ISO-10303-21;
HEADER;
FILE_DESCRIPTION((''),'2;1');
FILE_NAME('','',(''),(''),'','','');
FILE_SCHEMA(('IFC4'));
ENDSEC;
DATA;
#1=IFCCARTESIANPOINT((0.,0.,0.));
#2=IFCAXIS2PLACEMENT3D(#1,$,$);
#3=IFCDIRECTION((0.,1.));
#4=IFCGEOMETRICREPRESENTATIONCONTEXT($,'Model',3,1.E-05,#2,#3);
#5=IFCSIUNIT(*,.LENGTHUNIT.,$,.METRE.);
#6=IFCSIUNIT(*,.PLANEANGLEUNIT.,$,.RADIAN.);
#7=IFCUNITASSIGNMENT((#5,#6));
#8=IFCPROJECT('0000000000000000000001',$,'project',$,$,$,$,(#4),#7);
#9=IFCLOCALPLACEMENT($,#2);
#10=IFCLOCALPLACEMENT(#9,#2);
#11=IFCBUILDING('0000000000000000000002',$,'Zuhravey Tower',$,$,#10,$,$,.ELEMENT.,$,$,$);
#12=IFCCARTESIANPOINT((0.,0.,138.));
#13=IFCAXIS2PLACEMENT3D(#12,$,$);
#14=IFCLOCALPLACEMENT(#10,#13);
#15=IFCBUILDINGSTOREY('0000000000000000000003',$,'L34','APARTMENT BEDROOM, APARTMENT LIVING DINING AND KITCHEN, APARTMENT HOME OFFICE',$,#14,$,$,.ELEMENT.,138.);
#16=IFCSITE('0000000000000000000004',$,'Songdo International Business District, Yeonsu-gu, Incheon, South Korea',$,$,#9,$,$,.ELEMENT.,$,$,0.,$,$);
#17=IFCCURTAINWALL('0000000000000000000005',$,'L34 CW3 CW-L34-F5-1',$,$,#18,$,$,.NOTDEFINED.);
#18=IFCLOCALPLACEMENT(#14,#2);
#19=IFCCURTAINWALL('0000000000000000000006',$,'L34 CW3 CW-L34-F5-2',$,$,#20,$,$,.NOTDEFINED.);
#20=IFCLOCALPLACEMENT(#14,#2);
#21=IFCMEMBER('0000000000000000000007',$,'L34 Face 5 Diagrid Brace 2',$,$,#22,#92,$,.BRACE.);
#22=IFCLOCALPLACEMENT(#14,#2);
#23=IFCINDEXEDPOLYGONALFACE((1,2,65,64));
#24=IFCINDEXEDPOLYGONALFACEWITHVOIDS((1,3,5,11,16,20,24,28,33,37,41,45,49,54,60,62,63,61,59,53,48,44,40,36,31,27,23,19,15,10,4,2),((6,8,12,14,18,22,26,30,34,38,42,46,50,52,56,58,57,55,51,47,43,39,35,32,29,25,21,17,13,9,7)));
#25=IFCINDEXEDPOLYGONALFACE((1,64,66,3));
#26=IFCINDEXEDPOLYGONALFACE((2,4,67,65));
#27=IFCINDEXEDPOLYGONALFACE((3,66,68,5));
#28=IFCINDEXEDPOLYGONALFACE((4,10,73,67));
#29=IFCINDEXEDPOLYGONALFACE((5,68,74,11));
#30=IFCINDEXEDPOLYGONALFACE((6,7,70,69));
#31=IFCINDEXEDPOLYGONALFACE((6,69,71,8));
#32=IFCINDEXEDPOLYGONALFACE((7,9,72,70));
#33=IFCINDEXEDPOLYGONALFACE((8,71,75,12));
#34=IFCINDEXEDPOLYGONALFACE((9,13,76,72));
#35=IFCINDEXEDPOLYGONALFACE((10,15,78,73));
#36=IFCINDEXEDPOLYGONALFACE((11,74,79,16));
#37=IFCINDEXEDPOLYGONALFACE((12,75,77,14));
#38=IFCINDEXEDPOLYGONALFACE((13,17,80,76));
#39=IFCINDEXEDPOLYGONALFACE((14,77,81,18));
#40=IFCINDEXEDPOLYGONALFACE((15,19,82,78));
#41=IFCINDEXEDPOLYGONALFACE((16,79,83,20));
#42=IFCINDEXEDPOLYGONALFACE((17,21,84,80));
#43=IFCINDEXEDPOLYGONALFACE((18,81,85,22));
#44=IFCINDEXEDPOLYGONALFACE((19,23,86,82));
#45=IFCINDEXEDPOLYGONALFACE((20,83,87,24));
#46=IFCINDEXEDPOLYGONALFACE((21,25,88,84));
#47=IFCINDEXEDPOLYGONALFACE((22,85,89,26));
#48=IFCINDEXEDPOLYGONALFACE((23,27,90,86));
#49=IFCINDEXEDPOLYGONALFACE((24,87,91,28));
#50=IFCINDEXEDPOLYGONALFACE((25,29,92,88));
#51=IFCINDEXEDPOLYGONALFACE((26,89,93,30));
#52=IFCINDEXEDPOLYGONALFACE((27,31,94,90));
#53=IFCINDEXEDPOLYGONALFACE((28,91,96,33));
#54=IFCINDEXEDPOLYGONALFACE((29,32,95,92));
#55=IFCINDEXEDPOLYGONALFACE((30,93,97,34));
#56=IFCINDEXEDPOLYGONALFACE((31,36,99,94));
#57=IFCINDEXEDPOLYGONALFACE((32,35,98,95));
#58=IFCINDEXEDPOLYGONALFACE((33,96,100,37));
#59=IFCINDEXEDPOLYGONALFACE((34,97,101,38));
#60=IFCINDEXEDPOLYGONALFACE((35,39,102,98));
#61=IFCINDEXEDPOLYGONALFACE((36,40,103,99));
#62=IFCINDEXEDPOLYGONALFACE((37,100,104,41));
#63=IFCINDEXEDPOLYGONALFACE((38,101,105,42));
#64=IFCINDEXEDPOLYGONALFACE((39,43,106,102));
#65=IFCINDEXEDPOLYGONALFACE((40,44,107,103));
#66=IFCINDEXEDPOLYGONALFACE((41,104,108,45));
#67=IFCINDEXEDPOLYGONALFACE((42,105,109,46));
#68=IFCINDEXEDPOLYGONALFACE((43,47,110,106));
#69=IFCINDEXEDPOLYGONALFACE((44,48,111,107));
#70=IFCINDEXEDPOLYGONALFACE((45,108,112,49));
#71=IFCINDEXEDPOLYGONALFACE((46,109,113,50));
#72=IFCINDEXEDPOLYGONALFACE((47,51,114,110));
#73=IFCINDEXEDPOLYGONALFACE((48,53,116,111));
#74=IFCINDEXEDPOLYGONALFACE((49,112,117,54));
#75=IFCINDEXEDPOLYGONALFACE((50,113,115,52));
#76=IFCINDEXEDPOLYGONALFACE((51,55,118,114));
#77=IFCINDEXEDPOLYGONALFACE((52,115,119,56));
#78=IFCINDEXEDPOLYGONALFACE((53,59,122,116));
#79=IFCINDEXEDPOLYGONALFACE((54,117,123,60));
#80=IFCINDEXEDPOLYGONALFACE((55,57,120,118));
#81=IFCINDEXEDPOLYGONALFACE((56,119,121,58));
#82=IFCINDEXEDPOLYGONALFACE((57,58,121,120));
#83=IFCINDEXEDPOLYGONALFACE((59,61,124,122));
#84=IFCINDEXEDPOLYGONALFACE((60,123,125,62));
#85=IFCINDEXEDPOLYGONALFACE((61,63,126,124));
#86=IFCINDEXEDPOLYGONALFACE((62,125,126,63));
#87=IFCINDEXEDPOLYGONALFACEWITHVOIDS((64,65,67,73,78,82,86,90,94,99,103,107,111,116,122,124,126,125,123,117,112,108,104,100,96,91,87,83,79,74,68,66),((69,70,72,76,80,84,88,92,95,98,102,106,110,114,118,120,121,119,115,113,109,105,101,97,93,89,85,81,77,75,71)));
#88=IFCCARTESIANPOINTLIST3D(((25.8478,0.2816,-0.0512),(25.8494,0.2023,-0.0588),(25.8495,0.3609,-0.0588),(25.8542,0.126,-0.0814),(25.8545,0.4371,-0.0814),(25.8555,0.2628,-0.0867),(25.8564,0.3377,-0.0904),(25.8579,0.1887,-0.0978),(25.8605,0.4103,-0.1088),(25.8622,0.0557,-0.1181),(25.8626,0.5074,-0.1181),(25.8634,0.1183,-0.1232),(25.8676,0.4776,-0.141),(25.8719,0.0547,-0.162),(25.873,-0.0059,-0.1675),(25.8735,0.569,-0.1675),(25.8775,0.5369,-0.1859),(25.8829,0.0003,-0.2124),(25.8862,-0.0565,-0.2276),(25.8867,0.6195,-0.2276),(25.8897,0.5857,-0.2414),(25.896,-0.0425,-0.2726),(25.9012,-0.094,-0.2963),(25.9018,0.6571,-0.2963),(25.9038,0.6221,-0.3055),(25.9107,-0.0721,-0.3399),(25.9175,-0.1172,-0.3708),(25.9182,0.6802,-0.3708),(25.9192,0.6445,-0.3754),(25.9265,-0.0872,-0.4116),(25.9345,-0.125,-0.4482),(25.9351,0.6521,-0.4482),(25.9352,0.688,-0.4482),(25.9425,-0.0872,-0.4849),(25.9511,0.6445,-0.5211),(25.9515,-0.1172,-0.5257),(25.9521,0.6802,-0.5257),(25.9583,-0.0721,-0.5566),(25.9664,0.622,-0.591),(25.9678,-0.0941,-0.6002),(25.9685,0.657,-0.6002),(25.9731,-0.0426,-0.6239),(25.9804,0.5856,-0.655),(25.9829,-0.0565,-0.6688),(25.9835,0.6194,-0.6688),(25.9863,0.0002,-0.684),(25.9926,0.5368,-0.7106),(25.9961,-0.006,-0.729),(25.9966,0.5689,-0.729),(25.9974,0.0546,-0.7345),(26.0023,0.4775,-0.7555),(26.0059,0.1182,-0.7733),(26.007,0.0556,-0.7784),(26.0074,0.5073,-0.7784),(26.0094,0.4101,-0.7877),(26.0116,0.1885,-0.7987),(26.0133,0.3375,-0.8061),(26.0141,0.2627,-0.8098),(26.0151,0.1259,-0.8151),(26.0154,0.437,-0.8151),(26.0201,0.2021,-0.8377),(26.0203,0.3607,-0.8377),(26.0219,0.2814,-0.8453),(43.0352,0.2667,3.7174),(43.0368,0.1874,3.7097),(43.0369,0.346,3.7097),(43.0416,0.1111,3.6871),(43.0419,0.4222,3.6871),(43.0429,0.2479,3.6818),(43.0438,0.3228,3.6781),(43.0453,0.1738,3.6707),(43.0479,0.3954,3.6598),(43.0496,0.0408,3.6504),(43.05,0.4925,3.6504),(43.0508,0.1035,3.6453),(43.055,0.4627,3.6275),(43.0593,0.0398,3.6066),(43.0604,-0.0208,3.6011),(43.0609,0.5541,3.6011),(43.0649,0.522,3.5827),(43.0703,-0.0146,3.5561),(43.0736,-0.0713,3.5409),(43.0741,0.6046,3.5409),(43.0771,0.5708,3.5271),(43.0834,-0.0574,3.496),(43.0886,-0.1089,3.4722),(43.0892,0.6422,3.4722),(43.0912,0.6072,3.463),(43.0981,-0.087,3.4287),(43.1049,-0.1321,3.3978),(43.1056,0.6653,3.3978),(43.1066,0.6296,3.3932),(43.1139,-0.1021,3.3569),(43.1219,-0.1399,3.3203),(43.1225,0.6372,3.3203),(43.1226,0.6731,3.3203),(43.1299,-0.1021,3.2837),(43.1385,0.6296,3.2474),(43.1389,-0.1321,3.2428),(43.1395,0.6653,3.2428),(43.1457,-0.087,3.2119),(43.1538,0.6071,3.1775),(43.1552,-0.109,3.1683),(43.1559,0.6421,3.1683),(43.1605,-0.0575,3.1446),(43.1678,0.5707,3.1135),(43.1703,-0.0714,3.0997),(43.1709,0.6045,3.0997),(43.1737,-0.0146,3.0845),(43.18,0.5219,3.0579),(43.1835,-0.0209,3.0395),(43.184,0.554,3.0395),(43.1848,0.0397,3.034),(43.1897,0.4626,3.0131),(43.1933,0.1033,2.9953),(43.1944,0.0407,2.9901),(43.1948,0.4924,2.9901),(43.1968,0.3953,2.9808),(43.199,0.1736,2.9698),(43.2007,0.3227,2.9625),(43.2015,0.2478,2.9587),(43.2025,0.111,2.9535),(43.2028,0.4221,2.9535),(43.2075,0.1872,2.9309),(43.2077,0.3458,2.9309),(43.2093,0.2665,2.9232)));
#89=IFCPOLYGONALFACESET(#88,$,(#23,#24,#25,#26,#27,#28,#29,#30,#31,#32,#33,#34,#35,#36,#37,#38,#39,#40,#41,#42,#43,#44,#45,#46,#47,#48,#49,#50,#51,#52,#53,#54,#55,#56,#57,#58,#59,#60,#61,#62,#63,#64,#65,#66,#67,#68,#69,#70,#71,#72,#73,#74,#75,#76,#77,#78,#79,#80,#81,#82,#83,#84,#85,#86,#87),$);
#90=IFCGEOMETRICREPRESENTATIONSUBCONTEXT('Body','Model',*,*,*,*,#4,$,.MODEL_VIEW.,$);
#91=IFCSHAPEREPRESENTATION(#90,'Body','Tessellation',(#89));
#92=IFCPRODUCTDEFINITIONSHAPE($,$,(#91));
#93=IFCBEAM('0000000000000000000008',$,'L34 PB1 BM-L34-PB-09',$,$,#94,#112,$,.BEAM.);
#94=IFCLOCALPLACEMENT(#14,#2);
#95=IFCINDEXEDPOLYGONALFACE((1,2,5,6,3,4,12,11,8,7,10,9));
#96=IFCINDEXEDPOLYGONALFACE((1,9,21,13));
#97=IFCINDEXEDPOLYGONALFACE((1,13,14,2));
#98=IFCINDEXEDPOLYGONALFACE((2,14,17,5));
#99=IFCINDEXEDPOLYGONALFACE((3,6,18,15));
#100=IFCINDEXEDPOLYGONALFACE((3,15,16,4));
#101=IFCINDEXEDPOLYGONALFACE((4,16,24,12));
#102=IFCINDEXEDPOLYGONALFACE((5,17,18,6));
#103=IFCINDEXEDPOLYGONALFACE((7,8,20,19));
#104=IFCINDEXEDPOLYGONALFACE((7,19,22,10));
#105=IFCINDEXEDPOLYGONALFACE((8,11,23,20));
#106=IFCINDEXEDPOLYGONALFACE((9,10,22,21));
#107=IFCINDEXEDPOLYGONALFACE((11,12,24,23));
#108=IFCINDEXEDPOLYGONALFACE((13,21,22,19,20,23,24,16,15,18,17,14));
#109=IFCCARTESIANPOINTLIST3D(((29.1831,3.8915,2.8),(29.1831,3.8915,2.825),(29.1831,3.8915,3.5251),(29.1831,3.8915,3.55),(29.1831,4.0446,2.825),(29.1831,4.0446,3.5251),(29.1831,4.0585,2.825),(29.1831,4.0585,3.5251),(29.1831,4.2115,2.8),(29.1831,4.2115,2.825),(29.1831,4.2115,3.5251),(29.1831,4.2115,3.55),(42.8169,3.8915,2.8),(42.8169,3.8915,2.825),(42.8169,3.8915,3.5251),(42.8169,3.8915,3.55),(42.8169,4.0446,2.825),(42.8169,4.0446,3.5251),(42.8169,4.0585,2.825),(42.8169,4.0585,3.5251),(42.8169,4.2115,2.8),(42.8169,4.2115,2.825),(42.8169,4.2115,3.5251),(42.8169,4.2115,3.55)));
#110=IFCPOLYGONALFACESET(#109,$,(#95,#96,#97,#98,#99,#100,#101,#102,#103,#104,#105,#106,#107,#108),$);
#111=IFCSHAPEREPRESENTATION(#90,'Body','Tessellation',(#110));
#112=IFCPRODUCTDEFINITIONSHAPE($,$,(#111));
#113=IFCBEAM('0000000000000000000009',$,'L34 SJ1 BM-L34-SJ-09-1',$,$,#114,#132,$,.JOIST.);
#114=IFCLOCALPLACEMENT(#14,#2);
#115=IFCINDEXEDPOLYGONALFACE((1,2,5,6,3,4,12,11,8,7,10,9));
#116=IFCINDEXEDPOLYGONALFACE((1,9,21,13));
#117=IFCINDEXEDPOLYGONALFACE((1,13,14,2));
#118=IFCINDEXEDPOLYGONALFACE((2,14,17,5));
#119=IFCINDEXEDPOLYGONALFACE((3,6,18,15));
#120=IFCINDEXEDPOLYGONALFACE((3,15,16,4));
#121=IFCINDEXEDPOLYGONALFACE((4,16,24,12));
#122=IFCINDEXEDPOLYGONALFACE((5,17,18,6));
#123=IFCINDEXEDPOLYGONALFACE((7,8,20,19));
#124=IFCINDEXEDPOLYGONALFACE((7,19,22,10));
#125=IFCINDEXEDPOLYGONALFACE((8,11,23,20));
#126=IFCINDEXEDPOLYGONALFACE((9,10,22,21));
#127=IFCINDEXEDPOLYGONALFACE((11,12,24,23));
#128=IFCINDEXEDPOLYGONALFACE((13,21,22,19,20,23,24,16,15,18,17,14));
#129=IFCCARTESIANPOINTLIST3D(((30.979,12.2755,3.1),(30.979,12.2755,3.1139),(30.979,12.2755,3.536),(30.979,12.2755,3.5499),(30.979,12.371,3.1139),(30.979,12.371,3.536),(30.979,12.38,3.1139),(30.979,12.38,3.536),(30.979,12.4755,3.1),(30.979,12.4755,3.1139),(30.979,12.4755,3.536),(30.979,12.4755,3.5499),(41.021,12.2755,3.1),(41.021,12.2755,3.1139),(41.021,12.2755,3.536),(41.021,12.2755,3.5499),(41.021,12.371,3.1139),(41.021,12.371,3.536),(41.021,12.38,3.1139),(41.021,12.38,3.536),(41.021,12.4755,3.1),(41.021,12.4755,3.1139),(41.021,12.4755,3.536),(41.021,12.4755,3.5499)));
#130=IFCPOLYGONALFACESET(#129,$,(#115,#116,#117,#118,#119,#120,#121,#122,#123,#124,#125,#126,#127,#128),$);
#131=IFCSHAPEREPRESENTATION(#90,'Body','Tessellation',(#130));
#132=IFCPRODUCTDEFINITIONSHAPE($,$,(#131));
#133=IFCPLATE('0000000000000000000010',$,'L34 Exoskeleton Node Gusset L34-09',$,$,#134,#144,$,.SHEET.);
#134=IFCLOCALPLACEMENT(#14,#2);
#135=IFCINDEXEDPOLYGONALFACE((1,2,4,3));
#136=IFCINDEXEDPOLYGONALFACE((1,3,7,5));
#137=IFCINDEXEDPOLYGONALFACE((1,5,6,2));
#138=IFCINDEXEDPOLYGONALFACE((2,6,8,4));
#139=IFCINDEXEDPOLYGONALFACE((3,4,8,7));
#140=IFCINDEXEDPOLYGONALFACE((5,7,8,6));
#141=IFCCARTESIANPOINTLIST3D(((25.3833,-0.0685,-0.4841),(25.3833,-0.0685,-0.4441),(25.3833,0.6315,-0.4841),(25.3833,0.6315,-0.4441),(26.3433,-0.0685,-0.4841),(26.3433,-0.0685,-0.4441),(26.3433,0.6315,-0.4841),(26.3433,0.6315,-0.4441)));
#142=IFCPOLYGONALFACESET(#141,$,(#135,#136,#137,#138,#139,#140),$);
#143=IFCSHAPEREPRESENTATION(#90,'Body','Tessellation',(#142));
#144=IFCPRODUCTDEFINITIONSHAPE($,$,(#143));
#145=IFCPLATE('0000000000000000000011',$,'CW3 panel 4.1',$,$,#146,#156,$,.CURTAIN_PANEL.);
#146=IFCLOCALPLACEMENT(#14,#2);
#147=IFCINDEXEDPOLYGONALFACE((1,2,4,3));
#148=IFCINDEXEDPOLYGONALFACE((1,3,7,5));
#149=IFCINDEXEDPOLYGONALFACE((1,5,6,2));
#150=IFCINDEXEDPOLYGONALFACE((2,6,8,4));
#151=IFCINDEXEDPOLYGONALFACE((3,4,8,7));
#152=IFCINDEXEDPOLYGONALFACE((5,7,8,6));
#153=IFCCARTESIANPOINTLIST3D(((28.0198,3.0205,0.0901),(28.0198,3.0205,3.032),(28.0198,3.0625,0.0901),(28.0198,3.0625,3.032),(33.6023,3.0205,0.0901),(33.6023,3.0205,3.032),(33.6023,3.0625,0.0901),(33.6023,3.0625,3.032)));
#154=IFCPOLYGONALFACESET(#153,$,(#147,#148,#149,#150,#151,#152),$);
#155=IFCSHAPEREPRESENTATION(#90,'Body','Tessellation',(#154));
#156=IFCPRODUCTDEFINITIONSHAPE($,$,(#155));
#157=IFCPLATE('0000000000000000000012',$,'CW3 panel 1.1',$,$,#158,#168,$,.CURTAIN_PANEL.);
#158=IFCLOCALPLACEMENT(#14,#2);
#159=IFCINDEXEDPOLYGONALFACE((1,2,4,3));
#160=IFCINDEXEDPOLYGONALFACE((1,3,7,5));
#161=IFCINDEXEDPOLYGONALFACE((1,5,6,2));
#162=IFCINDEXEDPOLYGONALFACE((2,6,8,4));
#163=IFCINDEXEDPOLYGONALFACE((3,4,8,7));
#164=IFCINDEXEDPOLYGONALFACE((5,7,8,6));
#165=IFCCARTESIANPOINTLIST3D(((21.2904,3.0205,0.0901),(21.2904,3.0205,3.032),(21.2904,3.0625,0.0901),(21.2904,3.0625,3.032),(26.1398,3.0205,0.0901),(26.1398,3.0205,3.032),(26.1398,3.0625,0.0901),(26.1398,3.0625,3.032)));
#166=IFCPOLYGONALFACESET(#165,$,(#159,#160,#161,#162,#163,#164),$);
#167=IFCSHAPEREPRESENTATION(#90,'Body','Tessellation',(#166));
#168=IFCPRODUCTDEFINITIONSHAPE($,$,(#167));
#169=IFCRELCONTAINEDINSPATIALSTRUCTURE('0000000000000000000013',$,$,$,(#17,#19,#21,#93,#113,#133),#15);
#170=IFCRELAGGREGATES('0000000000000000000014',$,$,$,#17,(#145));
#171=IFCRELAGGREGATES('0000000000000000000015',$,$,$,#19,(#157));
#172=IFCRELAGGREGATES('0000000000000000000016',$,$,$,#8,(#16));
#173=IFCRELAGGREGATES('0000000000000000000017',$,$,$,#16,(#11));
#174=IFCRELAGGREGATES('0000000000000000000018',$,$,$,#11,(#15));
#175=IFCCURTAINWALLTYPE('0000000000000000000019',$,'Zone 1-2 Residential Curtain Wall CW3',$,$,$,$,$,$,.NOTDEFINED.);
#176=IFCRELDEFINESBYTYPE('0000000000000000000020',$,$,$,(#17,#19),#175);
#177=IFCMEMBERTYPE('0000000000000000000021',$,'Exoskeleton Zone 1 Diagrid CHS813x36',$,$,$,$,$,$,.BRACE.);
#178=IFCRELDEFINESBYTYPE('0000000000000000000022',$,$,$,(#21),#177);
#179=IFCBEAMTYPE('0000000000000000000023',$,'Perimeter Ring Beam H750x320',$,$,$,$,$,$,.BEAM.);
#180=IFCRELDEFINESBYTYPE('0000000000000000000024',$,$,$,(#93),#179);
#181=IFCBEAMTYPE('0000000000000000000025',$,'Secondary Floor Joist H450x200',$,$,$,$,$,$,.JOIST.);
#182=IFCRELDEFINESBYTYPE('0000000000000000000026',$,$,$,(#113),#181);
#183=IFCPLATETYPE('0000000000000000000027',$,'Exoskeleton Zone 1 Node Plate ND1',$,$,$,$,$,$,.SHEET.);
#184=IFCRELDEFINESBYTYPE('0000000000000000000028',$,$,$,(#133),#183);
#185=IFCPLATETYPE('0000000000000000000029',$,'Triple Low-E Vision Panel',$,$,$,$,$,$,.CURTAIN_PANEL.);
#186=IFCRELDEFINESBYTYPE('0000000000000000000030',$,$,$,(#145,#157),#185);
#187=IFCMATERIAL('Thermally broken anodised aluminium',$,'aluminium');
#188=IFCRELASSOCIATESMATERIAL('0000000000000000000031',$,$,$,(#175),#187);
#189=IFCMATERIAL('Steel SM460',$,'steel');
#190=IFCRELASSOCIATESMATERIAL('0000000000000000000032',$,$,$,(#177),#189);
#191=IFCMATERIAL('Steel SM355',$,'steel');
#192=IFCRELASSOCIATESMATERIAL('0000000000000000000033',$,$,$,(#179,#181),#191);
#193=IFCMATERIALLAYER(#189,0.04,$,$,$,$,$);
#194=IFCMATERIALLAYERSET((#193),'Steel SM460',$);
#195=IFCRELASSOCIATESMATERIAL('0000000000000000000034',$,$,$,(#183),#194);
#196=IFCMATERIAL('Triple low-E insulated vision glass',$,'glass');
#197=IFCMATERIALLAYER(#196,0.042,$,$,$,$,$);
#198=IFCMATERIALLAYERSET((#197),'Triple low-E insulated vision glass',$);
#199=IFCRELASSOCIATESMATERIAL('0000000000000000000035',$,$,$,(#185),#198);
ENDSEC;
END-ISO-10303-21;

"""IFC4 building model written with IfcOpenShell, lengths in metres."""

from ifc_helpers import new_model, si_unit, direction, frame, origin, origin_2d, place, context, subcontext, project, spatial, rectangle, hollow_circle, i_section, extrude, material, layer, layer_set, material_profile, profile_set, type_object, element, aggregate, save


model = new_model("IFC4")

# Units and contexts
model_context = context("Model", 3, precision=1e-05, world=origin(), true_north=direction((0.0, 1.0)))
body_context = subcontext(model_context, "Body", "Model", "MODEL_VIEW")
ifc_project = project(units=[si_unit("LENGTHUNIT", "METRE"), si_unit("PLANEANGLEUNIT", "RADIAN")], contexts=[model_context])

# Site, building, storey
site_placement = place(None, origin())
site = spatial("IfcSite", under=ifc_project, at=site_placement, Name="Songdo International Business District, Yeonsu-gu, Incheon, South Korea", CompositionType="ELEMENT", RefElevation=0.0)
building_placement = place(site_placement, origin())
building = spatial("IfcBuilding", under=site, at=building_placement, Name="Zuhravey Tower", CompositionType="ELEMENT")
storey_placement = place(building_placement, frame((0.0, 0.0, 138.0)))
storey = spatial("IfcBuildingStorey", under=building, at=storey_placement, Name="L34", Description="APARTMENT BEDROOM, APARTMENT LIVING DINING AND KITCHEN, APARTMENT HOME OFFICE", CompositionType="ELEMENT", Elevation=138.0)

# Curtain walls
ifc_material_1 = material(Name="Thermally broken anodised aluminium", Category="aluminium")
curtain_wall_type = type_object("IfcCurtainWallType", Name="Zone 1-2 Residential Curtain Wall CW3", PredefinedType="NOTDEFINED", material=ifc_material_1)
curtain_wall_1_placement = place(storey_placement, origin())
curtain_wall_1 = element("IfcCurtainWall", 1, at=curtain_wall_1_placement, inside=storey, type_object=curtain_wall_type, Name="L34 CW3 CW-L34-F5-1", PredefinedType="NOTDEFINED")
curtain_wall_2_placement = place(storey_placement, origin())
curtain_wall_2 = element("IfcCurtainWall", 2, at=curtain_wall_2_placement, inside=storey, type_object=curtain_wall_type, Name="L34 CW3 CW-L34-F5-2", PredefinedType="NOTDEFINED")

# Shared definitions
ifc_material_2 = material(Name="Steel SM460", Category="steel")

# Member
ifc_material_3 = material(Name="Steel SM355", Category="steel")
ifc_material_profile_1 = material_profile(ifc_material_2, hollow_circle(Radius=0.4065, WallThickness=0.0359, at=origin_2d()), Name="CHS-812.8x36")
ifc_profile_set_1 = profile_set([ifc_material_profile_1], Name="Steel SM460")
member_type_1 = type_object("IfcMemberType", Name="Exoskeleton Zone 1 Diagrid CHS813x36", PredefinedType="BRACE", material=ifc_profile_set_1)
member_1_placement = place(storey_placement, frame((25.9348, 0.2815, -0.4482), z_axis=(0.976795, -0.000846, 0.214173), x_axis=(0.000866, 1.0, 0.0)))
element("IfcMember", 3, at=member_1_placement, inside=storey, type_object=member_type_1, Name="L34 Face 5 Diagrid Brace 2", PredefinedType="BRACE", context=body_context, shape_type="SweptSolid", body=[
    extrude(hollow_circle(Radius=0.4065, WallThickness=0.0359, at=origin_2d()), origin(), (0.0, 0.0, 1.0), 17.5957),
])

# Beams
ifc_material_profile_2 = material_profile(ifc_material_3, i_section(OverallWidth=0.3201, OverallDepth=0.75, WebThickness=0.0139, FlangeThickness=0.0249, at=origin_2d()), Name="H-750x320x14x25")
ifc_profile_set_2 = profile_set([ifc_material_profile_2], Name="Steel SM355")
beam_type_1 = type_object("IfcBeamType", Name="Perimeter Ring Beam H750x320", PredefinedType="BEAM", material=ifc_profile_set_2)
beam_1_placement = place(storey_placement, frame((29.1831, 4.0515, 3.175), z_axis=(1.0, 0.0, 0.0), x_axis=(0.0, 1.0, 0.0)))
element("IfcBeam", 4, at=beam_1_placement, inside=storey, type_object=beam_type_1, Name="L34 PB1 BM-L34-PB-09", PredefinedType="BEAM", context=body_context, shape_type="SweptSolid", body=[
    extrude(i_section(OverallWidth=0.3201, OverallDepth=0.75, WebThickness=0.0139, FlangeThickness=0.0249, at=origin_2d()), origin(), (0.0, 0.0, 1.0), 13.6338),
])
ifc_material_profile_3 = material_profile(ifc_material_3, i_section(OverallWidth=0.2, OverallDepth=0.45, WebThickness=0.009, FlangeThickness=0.0139, at=origin_2d()), Name="H-450x200x9x14")
ifc_profile_set_3 = profile_set([ifc_material_profile_3], Name="Steel SM355")
beam_type_2 = type_object("IfcBeamType", Name="Secondary Floor Joist H450x200", PredefinedType="JOIST", material=ifc_profile_set_3)
beam_2_placement = place(storey_placement, frame((30.979, 12.3755, 3.325), z_axis=(1.0, 0.0, 0.0), x_axis=(0.0, 1.0, 0.0)))
element("IfcBeam", 5, at=beam_2_placement, inside=storey, type_object=beam_type_2, Name="L34 SJ1 BM-L34-SJ-09-1", PredefinedType="JOIST", context=body_context, shape_type="SweptSolid", body=[
    extrude(i_section(OverallWidth=0.2, OverallDepth=0.45, WebThickness=0.009, FlangeThickness=0.0139, at=origin_2d()), origin(), (0.0, 0.0, 1.0), 10.042),
])

# Plates
ifc_layer_1 = layer(ifc_material_2, 0.04)
ifc_layer_set_1 = layer_set([ifc_layer_1], Name="Steel SM460")
plate_type_1 = type_object("IfcPlateType", Name="Exoskeleton Zone 1 Node Plate ND1", PredefinedType="SHEET", material=ifc_layer_set_1)
plate_1_placement = place(storey_placement, frame((25.8633, 0.2815, -0.4841), z_axis=(0.0, 0.0, 1.0), x_axis=(1.0, 0.0, 0.0)))
element("IfcPlate", 6, at=plate_1_placement, inside=storey, type_object=plate_type_1, Name="L34 Exoskeleton Node Gusset L34-09", PredefinedType="SHEET", context=body_context, shape_type="SweptSolid", body=[
    extrude(rectangle(XDim=0.96, YDim=0.7, at=origin_2d()), origin(), (0.0, 0.0, 1.0), 0.04),
])
ifc_material_4 = material(Name="Triple low-E insulated vision glass", Category="glass")
ifc_layer_2 = layer(ifc_material_4, 0.042)
ifc_layer_set_2 = layer_set([ifc_layer_2], Name="Triple low-E insulated vision glass")
plate_type_2 = type_object("IfcPlateType", Name="Triple Low-E Vision Panel", PredefinedType="CURTAIN_PANEL", material=ifc_layer_set_2)
plate_2_placement = place(storey_placement, frame((30.811, 3.0415, 0.0901), z_axis=(0.0, 0.0, 1.0), x_axis=(-1.0, 0.0, 0.0)))
plate_2 = element("IfcPlate", 7, at=plate_2_placement, type_object=plate_type_2, Name="CW3 panel 4.1", PredefinedType="CURTAIN_PANEL", context=body_context, shape_type="SweptSolid", body=[
    extrude(rectangle(XDim=5.5825, YDim=0.042, at=origin_2d()), origin(), (0.0, 0.0, 1.0), 2.9419),
])
aggregate(curtain_wall_1, [plate_2])
plate_3_placement = place(storey_placement, frame((23.7151, 3.0415, 0.0901), z_axis=(0.0, 0.0, 1.0), x_axis=(-1.0, 0.0, 0.0)))
plate_3 = element("IfcPlate", 8, at=plate_3_placement, type_object=plate_type_2, Name="CW3 panel 1.1", PredefinedType="CURTAIN_PANEL", context=body_context, shape_type="SweptSolid", body=[
    extrude(rectangle(XDim=4.8494, YDim=0.042, at=origin_2d()), origin(), (0.0, 0.0, 1.0), 2.9419),
])
aggregate(curtain_wall_2, [plate_3])

save(model, "model.ifc")
